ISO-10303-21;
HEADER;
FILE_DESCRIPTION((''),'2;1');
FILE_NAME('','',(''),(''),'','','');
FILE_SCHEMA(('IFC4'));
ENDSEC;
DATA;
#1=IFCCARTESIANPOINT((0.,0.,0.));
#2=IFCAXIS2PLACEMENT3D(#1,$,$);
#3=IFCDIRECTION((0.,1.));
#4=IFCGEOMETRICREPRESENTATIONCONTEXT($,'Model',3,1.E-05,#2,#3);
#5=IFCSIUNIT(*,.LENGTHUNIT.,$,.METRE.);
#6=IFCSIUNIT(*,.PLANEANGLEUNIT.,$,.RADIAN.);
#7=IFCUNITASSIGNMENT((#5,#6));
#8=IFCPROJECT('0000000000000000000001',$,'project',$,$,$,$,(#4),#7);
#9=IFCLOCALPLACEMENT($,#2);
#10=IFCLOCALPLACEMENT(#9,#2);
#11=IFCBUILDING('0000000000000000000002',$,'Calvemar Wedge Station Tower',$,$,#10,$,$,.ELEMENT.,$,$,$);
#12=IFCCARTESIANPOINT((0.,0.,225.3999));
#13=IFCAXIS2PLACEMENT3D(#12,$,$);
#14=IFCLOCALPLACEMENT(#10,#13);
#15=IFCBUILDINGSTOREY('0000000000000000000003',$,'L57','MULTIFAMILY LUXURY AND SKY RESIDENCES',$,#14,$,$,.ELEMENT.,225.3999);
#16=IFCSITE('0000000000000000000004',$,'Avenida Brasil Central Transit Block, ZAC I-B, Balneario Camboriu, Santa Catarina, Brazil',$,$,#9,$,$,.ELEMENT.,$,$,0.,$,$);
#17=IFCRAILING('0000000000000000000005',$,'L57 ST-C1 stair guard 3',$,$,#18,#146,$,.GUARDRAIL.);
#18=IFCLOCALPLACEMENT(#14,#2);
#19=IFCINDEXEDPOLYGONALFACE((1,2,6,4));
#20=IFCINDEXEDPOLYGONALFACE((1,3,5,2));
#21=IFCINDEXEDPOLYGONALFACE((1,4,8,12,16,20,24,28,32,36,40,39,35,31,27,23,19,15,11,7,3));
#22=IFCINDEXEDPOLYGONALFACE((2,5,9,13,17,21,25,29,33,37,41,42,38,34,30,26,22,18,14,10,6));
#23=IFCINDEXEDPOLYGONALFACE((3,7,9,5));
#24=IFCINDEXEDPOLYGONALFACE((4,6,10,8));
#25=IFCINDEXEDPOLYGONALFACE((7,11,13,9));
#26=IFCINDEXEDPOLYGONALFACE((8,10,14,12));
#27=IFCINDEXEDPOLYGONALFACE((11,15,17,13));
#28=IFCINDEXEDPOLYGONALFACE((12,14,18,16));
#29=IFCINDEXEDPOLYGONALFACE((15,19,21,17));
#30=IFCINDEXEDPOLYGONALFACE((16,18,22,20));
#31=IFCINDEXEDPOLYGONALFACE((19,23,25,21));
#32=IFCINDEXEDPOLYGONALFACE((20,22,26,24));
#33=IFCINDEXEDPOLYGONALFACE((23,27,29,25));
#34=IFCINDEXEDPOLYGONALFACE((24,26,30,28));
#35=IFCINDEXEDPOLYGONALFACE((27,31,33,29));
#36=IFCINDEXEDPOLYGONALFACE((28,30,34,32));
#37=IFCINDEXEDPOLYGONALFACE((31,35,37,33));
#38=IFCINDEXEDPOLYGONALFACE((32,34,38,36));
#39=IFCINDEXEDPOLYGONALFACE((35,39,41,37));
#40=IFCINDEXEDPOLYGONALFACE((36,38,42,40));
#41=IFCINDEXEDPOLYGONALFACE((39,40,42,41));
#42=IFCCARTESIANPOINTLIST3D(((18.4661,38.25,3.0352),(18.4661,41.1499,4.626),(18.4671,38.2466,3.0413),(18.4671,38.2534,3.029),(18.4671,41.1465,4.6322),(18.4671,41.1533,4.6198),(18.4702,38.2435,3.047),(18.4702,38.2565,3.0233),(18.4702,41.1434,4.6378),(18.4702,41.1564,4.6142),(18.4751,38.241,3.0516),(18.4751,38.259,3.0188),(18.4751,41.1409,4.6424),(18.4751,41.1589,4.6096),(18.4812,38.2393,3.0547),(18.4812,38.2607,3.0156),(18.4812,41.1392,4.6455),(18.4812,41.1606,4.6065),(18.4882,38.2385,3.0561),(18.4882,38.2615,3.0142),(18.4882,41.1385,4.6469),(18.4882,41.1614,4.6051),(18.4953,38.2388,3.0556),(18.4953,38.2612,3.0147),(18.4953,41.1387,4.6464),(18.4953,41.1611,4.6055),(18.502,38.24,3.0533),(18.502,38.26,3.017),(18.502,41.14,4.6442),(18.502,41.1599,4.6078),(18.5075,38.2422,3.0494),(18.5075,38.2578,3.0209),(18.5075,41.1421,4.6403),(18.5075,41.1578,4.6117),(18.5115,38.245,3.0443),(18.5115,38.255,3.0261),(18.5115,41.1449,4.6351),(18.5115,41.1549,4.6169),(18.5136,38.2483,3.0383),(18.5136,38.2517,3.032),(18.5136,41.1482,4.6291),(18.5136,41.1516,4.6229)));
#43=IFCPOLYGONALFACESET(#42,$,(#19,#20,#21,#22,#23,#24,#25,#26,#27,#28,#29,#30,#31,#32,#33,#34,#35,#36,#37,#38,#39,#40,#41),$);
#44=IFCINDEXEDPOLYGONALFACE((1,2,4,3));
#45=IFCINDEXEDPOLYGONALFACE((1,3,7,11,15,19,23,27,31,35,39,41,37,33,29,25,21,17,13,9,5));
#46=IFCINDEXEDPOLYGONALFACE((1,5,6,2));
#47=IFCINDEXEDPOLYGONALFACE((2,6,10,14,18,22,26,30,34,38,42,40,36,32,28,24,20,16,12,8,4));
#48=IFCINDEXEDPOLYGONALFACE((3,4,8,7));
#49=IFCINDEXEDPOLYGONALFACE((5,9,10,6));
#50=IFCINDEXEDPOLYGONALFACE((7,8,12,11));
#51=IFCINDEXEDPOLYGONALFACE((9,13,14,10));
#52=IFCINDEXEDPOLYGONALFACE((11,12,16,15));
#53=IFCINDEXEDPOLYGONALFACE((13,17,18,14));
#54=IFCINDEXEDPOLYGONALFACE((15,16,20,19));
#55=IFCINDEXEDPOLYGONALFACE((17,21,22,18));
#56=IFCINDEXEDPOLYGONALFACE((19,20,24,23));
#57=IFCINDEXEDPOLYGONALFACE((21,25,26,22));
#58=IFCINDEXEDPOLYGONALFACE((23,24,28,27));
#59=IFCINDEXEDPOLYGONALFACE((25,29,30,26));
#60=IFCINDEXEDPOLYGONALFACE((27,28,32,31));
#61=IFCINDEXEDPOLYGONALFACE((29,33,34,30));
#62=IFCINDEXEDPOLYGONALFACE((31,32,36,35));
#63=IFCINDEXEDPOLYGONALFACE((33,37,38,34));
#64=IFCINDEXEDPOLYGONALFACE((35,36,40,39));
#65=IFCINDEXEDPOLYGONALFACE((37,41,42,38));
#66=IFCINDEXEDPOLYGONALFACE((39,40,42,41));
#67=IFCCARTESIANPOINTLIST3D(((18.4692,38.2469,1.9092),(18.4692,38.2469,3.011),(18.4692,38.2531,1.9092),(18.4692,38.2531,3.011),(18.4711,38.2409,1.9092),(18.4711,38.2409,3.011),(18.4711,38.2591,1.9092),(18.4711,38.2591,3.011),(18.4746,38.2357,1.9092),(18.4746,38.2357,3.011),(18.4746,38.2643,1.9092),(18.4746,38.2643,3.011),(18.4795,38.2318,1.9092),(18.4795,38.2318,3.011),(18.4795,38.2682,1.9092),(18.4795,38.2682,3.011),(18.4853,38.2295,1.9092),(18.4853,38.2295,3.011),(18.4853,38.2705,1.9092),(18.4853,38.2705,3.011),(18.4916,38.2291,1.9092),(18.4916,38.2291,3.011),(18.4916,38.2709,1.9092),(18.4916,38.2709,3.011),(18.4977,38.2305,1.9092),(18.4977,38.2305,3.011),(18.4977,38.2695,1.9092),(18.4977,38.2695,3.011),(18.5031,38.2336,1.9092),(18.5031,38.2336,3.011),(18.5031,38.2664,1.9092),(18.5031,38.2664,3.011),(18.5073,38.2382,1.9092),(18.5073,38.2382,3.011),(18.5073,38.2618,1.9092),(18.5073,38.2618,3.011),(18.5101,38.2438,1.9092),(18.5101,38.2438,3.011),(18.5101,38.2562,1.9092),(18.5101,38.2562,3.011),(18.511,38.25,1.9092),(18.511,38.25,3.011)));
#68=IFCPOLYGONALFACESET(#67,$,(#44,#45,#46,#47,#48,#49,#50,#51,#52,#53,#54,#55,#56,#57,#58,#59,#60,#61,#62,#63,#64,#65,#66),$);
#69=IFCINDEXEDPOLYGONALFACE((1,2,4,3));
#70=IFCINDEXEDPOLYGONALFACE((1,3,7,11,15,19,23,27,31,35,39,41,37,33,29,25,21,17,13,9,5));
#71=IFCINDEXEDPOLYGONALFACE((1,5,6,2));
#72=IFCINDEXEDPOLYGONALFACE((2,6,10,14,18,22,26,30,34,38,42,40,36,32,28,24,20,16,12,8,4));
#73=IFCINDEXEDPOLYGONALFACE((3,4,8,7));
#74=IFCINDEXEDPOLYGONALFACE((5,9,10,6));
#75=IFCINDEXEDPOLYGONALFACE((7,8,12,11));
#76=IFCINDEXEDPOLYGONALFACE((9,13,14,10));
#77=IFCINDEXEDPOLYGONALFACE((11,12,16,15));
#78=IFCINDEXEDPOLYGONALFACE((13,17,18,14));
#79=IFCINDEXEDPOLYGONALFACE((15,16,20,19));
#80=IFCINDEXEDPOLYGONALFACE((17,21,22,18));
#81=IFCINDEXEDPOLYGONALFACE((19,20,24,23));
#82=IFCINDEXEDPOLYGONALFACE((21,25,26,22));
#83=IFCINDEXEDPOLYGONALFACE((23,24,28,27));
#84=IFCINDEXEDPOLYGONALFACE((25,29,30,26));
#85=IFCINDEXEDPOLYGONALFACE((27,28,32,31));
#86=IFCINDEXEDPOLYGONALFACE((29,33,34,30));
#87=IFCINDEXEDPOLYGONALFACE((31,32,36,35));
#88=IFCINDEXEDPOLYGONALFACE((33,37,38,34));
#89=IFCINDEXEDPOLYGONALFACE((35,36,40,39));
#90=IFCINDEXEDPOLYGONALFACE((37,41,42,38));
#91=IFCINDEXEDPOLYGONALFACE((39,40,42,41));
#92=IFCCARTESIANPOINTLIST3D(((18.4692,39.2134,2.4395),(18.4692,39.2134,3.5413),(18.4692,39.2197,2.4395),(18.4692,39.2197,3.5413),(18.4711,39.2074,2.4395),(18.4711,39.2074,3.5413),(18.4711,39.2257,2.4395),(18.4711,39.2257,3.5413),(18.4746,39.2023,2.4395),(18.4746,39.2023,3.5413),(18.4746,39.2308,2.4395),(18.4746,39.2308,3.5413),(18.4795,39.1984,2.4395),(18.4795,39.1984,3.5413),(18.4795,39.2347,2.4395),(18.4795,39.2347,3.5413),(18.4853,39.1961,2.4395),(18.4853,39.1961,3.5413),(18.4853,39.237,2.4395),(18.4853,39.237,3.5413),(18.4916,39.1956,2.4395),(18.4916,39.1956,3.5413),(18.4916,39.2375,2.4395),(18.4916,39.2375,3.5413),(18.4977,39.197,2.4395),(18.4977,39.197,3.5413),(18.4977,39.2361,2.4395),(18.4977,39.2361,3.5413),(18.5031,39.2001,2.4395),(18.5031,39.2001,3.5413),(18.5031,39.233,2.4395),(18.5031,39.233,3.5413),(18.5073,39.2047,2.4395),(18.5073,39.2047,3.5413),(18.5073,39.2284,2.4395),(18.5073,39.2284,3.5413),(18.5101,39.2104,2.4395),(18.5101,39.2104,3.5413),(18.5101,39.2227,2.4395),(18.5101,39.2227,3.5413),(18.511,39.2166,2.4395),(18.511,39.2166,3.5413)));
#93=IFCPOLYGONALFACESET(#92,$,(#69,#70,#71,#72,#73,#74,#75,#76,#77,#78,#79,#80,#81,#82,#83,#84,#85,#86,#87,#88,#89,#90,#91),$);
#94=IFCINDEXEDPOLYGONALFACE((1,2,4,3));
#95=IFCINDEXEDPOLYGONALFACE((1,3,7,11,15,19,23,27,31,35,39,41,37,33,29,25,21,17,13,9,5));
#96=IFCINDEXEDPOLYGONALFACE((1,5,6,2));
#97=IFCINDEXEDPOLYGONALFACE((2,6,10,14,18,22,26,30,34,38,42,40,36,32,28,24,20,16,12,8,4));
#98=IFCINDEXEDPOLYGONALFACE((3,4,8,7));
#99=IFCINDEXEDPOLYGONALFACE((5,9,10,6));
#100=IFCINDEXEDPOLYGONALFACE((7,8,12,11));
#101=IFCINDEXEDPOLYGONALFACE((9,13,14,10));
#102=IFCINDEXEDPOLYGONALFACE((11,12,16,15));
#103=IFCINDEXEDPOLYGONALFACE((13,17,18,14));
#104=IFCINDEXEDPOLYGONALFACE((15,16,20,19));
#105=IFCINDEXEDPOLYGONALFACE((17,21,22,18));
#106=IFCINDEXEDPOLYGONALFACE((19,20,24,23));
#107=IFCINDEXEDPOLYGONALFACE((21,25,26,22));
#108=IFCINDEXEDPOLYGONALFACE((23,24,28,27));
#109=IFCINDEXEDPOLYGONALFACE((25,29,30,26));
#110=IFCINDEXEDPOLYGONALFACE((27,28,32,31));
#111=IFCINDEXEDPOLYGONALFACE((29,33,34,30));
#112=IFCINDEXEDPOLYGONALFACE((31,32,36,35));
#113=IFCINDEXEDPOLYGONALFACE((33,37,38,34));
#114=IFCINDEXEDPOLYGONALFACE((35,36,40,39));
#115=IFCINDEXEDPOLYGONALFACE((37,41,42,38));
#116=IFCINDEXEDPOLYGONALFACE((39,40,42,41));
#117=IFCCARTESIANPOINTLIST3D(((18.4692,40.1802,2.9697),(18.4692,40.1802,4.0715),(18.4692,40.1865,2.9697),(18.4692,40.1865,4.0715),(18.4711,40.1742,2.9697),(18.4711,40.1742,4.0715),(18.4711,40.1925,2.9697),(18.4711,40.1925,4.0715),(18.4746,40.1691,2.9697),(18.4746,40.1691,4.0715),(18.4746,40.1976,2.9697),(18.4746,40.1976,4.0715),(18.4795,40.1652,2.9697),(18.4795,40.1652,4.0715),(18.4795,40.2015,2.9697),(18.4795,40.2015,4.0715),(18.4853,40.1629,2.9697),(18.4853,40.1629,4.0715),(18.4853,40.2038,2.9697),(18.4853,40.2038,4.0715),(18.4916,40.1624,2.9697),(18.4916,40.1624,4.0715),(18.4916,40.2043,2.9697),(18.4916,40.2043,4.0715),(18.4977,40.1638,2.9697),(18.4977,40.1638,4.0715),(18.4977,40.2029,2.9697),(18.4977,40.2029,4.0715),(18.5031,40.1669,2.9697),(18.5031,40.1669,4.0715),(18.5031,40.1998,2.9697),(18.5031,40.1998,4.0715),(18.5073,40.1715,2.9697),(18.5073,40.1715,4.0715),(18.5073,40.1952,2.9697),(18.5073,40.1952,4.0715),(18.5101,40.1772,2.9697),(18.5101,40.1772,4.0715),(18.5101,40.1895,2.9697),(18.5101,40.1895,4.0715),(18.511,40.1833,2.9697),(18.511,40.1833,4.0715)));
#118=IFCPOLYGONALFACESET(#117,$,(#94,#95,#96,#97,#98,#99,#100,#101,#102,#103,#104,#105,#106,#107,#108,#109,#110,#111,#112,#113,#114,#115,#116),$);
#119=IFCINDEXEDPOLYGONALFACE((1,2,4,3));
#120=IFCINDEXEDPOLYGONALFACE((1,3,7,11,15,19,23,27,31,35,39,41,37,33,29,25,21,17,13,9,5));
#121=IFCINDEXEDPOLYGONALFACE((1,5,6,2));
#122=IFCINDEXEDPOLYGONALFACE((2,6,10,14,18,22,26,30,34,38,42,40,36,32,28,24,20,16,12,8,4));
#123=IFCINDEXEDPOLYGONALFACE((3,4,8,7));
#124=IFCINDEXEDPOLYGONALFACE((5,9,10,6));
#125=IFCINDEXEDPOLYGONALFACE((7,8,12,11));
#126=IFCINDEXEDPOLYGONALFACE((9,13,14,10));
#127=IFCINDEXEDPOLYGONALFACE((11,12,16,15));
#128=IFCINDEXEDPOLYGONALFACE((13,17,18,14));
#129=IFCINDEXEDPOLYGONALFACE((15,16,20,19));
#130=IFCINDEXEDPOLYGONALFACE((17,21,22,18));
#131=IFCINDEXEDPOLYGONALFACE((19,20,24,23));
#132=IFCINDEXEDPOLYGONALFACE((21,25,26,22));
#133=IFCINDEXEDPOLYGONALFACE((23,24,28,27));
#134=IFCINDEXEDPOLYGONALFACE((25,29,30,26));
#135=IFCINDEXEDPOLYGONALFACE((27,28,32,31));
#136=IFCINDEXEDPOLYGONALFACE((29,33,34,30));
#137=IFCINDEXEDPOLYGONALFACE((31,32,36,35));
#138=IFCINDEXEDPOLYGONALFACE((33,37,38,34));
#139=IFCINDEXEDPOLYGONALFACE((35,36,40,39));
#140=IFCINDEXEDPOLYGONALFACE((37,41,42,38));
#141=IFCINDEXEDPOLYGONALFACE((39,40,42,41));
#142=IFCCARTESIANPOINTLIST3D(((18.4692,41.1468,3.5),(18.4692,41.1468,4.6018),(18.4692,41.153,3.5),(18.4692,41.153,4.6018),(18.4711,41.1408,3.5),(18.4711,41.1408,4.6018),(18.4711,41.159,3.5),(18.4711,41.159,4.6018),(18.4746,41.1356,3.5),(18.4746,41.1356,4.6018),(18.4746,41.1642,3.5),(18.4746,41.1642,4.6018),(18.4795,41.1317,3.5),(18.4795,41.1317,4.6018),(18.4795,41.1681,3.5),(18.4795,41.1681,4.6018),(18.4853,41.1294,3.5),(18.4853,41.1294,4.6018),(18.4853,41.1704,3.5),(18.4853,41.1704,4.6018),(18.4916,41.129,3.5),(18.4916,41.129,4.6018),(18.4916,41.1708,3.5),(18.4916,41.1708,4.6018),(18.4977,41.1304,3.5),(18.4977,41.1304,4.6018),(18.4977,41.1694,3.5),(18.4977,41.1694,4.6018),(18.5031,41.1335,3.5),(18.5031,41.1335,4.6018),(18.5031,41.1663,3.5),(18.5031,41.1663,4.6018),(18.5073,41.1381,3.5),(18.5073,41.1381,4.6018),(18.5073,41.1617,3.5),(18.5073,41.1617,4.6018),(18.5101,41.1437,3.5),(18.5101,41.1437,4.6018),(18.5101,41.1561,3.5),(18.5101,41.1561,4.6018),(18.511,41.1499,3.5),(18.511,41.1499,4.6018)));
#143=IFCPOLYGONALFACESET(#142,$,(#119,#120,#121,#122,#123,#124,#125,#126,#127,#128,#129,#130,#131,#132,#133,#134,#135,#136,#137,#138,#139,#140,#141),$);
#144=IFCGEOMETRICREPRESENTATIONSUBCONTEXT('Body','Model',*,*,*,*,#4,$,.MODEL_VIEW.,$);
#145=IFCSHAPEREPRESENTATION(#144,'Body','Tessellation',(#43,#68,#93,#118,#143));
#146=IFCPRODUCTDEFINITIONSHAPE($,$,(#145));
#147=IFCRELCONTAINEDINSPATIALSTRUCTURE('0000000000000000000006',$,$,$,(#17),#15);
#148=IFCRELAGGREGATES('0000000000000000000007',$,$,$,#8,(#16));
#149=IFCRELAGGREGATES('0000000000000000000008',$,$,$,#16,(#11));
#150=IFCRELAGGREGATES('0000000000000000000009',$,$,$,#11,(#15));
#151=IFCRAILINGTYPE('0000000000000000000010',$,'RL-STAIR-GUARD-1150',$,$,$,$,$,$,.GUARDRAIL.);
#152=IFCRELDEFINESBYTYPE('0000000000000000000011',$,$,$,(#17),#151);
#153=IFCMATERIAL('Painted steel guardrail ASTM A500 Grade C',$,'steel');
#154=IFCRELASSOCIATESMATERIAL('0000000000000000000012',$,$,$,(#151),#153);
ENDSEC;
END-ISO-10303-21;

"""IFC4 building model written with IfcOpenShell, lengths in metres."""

from ifc_helpers import new_model, si_unit, direction, frame, origin, origin_2d, place, context, subcontext, project, spatial, circle, extrude, material, type_object, element, save


model = new_model("IFC4")

# Units and contexts
model_context = context("Model", 3, precision=1e-05, world=origin(), true_north=direction((0.0, 1.0)))
body_context = subcontext(model_context, "Body", "Model", "MODEL_VIEW")
ifc_project = project(units=[si_unit("LENGTHUNIT", "METRE"), si_unit("PLANEANGLEUNIT", "RADIAN")], contexts=[model_context])

# Site, building, storey
site_placement = place(None, origin())
site = spatial("IfcSite", under=ifc_project, at=site_placement, Name="Avenida Brasil Central Transit Block, ZAC I-B, Balneario Camboriu, Santa Catarina, Brazil", CompositionType="ELEMENT", RefElevation=0.0)
building_placement = place(site_placement, origin())
building = spatial("IfcBuilding", under=site, at=building_placement, Name="Calvemar Wedge Station Tower", CompositionType="ELEMENT")
storey_placement = place(building_placement, frame((0.0, 0.0, 225.3999)))
storey = spatial("IfcBuildingStorey", under=building, at=storey_placement, Name="L57", Description="MULTIFAMILY LUXURY AND SKY RESIDENCES", CompositionType="ELEMENT", Elevation=225.3999)

# Railing
ifc_material_1 = material(Name="Painted steel guardrail ASTM A500 Grade C", Category="steel")
railing_type_1 = type_object("IfcRailingType", Name="RL-STAIR-GUARD-1150", PredefinedType="GUARDRAIL", material=ifc_material_1)
railing_1_placement = place(storey_placement, frame((18.49, 38.25, 1.9092)))
element("IfcRailing", 1, at=railing_1_placement, inside=storey, type_object=railing_type_1, Name="L57 ST-C1 stair guard 3", PredefinedType="GUARDRAIL", context=body_context, shape_type="SweptSolid", body=[
    extrude(circle(Radius=0.0239, at=origin_2d()), frame((0.0, 0.0, 1.126), z_axis=(0.0, 0.876742, 0.480961), x_axis=(-1.0, 0.0, 0.0)), (0.0, 0.0, 1.0), 3.3076),
    extrude(circle(Radius=0.021, at=origin_2d()), origin(), (0.0, 0.0, 1.0), 1.1018),
    extrude(circle(Radius=0.021, at=origin_2d()), frame((0.0, 0.9666, 0.5303)), (0.0, 0.0, 1.0), 1.1018),
    extrude(circle(Radius=0.021, at=origin_2d()), frame((0.0, 1.9333, 1.0605)), (0.0, 0.0, 1.0), 1.1018),
    extrude(circle(Radius=0.021, at=origin_2d()), frame((0.0, 2.8999, 1.5908)), (0.0, 0.0, 1.0), 1.1018),
])

save(model, "model.ifc")
